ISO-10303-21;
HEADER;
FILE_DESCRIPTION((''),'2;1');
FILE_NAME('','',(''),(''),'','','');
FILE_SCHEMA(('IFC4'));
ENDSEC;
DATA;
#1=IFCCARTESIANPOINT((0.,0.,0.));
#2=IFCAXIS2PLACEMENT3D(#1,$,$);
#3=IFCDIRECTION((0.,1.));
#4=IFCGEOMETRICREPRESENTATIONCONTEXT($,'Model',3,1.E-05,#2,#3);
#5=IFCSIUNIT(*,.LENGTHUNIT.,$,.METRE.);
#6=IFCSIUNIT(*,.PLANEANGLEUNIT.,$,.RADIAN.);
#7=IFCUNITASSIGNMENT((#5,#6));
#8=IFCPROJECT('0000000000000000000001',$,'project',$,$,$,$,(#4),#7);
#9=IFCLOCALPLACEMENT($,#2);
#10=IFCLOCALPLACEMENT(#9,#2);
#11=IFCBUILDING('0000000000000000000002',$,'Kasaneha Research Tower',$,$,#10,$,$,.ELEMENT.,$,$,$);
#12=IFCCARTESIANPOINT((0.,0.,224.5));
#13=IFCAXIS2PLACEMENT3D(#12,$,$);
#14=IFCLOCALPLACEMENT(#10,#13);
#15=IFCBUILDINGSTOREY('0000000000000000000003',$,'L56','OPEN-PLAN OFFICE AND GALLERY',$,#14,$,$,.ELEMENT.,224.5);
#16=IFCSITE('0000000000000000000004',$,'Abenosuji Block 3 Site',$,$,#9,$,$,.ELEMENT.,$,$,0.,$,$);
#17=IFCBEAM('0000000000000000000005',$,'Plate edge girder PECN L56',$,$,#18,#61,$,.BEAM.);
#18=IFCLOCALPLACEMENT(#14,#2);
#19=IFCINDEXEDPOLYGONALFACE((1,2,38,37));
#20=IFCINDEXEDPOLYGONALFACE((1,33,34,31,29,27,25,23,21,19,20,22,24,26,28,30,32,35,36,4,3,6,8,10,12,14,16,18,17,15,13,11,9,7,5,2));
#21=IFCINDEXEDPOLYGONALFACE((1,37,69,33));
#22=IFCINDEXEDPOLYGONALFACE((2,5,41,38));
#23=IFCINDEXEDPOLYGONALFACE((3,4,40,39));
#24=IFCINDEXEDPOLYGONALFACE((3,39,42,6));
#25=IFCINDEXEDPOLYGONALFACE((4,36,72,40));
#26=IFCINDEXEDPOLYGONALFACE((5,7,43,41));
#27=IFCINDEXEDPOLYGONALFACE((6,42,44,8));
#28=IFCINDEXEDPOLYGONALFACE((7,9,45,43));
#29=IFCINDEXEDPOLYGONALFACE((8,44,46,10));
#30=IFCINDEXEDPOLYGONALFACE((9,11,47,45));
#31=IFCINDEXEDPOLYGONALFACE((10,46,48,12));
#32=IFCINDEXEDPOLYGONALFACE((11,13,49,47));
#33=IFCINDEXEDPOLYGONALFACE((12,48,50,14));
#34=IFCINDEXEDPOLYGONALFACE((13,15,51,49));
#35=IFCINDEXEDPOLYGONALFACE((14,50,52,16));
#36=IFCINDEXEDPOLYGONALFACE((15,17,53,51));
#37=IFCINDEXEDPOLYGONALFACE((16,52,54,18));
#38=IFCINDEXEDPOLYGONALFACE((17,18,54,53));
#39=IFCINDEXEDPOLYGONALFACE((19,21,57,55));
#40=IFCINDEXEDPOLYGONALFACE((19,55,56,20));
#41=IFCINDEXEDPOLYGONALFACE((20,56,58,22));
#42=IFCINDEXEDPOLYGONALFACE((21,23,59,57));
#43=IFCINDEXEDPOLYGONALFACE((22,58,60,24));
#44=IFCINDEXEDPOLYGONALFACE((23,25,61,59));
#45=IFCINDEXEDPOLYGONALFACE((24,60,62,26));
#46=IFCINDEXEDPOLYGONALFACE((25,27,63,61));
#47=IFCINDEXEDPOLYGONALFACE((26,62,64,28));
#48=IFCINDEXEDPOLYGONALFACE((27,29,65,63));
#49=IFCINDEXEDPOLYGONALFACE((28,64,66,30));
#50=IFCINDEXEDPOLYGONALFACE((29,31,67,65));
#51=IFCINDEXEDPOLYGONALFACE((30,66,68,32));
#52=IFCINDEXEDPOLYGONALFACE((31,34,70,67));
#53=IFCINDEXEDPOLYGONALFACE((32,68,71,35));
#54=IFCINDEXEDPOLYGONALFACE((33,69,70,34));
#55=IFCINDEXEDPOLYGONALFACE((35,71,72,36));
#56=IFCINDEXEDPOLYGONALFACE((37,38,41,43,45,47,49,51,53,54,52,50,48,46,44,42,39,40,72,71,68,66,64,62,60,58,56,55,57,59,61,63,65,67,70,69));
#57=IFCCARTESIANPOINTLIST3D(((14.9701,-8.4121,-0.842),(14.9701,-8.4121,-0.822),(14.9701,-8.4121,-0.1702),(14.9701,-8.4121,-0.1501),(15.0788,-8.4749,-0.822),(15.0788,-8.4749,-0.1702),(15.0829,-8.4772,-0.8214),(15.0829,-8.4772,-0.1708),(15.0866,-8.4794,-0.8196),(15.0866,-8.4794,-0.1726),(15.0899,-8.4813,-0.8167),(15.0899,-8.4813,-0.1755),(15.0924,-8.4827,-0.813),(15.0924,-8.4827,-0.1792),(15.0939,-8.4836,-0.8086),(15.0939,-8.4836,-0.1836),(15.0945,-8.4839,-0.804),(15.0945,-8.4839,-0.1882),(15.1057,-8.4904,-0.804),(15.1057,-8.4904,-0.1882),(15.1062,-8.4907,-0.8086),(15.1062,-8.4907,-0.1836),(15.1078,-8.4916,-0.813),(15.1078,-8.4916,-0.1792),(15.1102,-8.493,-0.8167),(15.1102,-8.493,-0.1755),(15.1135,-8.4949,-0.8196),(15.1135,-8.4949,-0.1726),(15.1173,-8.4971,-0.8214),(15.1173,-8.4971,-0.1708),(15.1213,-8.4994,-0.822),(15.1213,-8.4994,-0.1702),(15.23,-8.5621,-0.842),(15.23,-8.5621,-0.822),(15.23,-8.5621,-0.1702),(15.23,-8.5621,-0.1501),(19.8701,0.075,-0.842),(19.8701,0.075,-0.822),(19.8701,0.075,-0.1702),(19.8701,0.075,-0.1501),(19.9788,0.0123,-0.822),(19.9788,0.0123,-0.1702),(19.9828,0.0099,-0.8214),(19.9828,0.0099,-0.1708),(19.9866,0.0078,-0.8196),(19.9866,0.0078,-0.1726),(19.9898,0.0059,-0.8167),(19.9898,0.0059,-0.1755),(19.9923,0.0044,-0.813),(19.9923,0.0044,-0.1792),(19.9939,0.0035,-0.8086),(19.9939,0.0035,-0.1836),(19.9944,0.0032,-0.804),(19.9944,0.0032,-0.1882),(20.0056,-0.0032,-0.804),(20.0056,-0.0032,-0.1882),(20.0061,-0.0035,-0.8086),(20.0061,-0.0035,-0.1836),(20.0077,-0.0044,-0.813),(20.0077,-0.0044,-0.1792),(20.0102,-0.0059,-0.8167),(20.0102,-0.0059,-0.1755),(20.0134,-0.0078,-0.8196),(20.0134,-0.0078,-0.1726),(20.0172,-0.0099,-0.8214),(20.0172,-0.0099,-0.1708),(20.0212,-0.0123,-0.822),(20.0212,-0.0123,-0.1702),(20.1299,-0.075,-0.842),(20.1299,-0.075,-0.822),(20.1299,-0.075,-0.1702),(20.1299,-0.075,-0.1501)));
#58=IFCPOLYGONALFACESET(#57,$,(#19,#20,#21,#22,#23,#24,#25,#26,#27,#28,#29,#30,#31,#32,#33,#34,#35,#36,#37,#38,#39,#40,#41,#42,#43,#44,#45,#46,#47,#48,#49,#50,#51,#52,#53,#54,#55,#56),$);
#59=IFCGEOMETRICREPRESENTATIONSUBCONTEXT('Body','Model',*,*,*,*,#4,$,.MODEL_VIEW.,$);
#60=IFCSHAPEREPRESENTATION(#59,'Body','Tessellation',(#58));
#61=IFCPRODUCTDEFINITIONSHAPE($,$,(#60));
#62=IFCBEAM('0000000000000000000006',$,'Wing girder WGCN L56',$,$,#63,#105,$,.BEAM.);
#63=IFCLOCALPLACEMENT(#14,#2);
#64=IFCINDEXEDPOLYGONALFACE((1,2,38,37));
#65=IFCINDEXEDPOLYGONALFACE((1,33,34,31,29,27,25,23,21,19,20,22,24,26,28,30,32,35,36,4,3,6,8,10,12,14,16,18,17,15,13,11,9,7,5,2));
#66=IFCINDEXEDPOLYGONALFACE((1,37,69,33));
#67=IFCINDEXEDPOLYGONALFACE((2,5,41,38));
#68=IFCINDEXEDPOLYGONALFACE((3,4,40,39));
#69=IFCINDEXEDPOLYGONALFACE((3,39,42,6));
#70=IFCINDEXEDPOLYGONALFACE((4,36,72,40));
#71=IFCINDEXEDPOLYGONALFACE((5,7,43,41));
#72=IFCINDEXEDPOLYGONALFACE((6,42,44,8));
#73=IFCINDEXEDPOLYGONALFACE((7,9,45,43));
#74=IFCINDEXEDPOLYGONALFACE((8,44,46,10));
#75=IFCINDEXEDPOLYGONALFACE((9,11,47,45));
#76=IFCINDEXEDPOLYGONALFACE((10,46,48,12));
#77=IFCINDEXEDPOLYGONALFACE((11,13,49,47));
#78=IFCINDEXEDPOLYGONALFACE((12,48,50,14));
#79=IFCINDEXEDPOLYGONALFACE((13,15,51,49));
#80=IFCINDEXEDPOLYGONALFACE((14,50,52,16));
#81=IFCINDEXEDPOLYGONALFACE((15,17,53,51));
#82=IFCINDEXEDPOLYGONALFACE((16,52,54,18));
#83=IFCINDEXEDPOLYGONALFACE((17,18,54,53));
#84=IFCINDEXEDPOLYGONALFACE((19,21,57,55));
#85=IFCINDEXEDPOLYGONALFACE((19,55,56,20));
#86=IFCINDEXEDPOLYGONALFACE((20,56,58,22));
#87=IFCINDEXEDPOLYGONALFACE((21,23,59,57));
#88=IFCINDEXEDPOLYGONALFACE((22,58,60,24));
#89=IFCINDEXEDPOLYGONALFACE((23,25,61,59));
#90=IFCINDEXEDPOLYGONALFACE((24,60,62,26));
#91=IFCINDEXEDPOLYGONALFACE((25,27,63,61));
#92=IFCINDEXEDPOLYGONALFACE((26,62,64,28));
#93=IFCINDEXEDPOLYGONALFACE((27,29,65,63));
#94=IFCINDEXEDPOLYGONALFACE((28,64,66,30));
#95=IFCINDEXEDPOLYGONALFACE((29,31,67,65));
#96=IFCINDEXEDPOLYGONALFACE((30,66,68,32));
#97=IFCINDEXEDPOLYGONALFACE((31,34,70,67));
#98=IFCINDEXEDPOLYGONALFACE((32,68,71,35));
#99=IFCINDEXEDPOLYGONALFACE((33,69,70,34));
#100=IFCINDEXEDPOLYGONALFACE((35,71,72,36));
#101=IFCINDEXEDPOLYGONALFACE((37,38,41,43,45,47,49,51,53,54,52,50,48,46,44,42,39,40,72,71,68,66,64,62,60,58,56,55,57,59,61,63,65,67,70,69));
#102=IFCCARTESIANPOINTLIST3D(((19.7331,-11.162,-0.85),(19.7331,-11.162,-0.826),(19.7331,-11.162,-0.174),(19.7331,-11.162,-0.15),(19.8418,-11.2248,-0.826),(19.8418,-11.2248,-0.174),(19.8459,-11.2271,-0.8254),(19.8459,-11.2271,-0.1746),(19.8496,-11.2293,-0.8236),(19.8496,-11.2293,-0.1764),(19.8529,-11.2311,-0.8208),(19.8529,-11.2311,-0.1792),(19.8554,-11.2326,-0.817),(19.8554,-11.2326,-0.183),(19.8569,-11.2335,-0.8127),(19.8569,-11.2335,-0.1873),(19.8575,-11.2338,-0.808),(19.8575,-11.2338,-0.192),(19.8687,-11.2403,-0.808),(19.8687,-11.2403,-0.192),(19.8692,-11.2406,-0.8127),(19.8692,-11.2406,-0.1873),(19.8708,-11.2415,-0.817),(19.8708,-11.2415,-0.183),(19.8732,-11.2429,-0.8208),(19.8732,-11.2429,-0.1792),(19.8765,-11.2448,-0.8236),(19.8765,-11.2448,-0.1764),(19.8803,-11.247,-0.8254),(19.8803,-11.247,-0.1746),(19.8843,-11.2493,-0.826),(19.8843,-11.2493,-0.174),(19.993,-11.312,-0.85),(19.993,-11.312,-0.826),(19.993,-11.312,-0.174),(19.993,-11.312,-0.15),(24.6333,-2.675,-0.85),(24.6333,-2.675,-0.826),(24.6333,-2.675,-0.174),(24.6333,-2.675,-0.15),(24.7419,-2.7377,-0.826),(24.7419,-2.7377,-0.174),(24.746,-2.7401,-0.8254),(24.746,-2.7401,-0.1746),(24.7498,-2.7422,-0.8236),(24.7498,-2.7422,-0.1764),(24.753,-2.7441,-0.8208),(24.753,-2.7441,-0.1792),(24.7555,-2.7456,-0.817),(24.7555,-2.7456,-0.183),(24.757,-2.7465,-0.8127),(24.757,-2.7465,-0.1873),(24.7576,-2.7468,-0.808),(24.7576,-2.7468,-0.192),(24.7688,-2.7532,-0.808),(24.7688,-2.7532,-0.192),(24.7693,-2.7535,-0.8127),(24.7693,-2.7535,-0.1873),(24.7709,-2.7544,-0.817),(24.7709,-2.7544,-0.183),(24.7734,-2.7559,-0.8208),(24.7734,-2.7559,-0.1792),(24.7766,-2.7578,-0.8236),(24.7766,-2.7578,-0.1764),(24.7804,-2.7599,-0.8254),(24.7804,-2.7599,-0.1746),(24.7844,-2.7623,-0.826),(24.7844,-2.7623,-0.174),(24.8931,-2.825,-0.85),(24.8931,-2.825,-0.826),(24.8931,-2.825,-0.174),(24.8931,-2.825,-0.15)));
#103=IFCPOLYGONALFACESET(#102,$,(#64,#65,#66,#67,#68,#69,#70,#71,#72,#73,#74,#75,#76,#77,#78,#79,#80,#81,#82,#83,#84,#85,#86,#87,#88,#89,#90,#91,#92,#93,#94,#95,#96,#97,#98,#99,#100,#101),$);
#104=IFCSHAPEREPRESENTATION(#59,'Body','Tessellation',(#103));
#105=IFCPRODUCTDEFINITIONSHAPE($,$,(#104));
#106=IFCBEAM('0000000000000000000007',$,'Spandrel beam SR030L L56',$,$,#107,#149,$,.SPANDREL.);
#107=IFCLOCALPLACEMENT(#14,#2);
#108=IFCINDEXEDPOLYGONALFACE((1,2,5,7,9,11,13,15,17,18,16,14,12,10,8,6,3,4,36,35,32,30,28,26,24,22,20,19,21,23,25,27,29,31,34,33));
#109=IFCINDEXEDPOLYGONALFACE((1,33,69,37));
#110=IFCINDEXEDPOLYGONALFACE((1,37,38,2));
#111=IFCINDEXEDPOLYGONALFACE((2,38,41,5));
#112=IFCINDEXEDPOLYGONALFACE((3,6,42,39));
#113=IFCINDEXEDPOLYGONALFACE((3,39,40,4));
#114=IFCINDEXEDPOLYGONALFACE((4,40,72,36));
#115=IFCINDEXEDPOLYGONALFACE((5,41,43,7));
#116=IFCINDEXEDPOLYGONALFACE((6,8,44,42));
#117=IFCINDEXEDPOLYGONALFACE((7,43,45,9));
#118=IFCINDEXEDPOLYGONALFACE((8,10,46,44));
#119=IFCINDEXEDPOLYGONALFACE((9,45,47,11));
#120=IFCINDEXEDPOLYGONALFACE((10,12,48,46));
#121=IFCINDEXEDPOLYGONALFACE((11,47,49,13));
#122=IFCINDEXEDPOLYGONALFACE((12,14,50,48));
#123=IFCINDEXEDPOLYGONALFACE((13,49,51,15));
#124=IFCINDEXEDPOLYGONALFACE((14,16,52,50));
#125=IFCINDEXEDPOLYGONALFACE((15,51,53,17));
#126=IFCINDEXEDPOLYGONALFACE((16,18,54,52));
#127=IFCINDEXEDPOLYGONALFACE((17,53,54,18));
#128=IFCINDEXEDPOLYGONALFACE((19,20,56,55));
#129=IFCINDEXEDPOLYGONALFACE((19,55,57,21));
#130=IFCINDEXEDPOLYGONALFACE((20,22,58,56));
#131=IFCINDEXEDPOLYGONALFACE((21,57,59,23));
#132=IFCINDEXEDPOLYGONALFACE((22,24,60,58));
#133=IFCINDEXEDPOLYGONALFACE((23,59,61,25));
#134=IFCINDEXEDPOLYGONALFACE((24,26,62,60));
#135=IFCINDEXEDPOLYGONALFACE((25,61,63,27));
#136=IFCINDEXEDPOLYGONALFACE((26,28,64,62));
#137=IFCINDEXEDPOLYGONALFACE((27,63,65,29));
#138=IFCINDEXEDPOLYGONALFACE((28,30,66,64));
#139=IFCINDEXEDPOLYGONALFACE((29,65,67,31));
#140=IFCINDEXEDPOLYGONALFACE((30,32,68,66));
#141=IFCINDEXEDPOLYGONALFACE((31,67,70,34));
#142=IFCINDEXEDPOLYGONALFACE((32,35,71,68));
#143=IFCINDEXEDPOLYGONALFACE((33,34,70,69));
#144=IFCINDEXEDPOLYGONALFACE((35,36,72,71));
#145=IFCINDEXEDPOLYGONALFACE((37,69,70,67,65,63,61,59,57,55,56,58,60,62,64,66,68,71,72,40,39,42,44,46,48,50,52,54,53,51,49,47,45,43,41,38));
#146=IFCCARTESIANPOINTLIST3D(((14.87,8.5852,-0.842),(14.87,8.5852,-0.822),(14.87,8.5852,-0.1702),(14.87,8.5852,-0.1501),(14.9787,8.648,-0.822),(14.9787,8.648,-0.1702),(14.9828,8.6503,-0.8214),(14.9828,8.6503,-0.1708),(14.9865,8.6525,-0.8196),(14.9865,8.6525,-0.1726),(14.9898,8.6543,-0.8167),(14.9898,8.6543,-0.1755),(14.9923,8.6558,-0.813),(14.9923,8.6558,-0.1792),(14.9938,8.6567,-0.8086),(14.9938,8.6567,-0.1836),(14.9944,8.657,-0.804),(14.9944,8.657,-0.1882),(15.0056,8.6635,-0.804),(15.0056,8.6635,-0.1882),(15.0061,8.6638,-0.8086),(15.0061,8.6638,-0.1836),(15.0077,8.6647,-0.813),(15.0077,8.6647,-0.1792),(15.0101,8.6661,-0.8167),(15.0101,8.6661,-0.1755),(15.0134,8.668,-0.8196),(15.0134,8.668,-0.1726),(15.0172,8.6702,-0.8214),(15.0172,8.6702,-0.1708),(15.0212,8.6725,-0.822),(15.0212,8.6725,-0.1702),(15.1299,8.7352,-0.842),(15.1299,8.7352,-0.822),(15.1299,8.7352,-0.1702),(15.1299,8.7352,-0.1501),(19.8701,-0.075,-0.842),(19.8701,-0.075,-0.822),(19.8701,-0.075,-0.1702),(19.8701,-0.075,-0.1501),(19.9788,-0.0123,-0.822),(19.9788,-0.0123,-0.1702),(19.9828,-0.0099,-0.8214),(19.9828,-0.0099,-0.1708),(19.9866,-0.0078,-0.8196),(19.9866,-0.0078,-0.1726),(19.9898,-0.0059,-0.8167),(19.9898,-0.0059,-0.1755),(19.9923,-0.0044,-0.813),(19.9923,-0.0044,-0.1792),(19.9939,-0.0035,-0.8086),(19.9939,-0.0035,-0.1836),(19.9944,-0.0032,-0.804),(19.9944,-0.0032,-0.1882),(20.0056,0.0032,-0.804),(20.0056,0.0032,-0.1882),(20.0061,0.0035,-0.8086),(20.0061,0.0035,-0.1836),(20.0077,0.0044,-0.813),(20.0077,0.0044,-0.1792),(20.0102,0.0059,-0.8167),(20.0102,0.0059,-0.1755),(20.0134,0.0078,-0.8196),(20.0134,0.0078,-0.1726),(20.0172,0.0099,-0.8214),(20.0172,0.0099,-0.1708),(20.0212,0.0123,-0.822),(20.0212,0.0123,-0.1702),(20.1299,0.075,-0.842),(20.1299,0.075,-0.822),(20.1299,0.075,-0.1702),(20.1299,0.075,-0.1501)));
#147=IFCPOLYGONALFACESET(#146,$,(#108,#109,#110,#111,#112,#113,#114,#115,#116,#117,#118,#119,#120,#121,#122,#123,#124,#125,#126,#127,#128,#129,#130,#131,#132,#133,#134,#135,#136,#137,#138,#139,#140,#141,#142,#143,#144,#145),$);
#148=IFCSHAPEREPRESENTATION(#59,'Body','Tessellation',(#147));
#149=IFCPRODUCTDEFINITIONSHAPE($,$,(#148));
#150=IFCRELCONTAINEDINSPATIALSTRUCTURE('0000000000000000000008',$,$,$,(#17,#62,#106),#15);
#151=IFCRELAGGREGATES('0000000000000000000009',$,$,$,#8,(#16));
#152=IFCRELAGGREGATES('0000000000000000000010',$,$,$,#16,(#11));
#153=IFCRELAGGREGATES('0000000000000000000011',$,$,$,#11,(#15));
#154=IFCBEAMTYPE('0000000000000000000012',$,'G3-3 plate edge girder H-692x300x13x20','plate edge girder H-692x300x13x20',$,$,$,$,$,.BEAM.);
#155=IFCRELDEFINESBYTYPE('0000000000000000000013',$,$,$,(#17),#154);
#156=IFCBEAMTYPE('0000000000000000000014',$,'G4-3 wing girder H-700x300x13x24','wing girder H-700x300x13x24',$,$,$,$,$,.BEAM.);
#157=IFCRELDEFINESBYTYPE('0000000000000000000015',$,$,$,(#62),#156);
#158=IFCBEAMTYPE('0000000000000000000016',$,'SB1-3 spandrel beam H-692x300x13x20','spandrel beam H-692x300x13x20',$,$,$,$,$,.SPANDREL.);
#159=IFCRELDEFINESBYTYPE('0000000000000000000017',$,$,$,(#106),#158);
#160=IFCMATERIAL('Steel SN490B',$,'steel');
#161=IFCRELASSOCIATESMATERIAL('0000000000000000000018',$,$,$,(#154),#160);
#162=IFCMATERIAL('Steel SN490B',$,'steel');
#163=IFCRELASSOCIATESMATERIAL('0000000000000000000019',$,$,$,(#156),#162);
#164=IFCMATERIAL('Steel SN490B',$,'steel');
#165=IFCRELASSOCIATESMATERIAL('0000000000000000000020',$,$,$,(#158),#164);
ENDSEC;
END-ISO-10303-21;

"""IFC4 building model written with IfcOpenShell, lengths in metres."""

from ifc_helpers import new_model, si_unit, direction, frame, origin, origin_2d, place, context, subcontext, project, spatial, i_section, extrude, material, material_profile, profile_set, type_object, element, save


model = new_model("IFC4")

# Units and contexts
model_context = context("Model", 3, precision=1e-05, world=origin(), true_north=direction((0.0, 1.0)))
body_context = subcontext(model_context, "Body", "Model", "MODEL_VIEW")
ifc_project = project(units=[si_unit("LENGTHUNIT", "METRE"), si_unit("PLANEANGLEUNIT", "RADIAN")], contexts=[model_context])

# Site, building, storey
site_placement = place(None, origin())
site = spatial("IfcSite", under=ifc_project, at=site_placement, Name="Abenosuji Block 3 Site", CompositionType="ELEMENT", RefElevation=0.0)
building_placement = place(site_placement, origin())
building = spatial("IfcBuilding", under=site, at=building_placement, Name="Kasaneha Research Tower", CompositionType="ELEMENT")
storey_placement = place(building_placement, frame((0.0, 0.0, 224.5)))
storey = spatial("IfcBuildingStorey", under=building, at=storey_placement, Name="L56", Description="OPEN-PLAN OFFICE AND GALLERY", CompositionType="ELEMENT", Elevation=224.5)

# Beams
ifc_material_1 = material(Name="Steel SN490B", Category="steel")
ifc_material_profile_1 = material_profile(ifc_material_1, i_section(OverallWidth=0.3, OverallDepth=0.6919, WebThickness=0.0129, FlangeThickness=0.02, FilletRadius=0.0181, at=origin_2d()), Name="H-692x300x13x20")
ifc_profile_set_1 = profile_set([ifc_material_profile_1], Name="Steel SN490B")
beam_type_1 = type_object("IfcBeamType", Name="G3-3 plate edge girder H-692x300x13x20", Description="plate edge girder H-692x300x13x20", PredefinedType="BEAM", material=ifc_profile_set_1)
beam_1_placement = place(storey_placement, frame((20.0, 0.0, -0.4961), z_axis=(-0.499992, -0.86603, 0.0), x_axis=(0.86603, -0.499992, 0.0)))
element("IfcBeam", 1, at=beam_1_placement, inside=storey, type_object=beam_type_1, Name="Plate edge girder PECN L56", PredefinedType="BEAM", context=body_context, shape_type="SweptSolid", body=[
    extrude(i_section(OverallWidth=0.3, OverallDepth=0.6919, WebThickness=0.0129, FlangeThickness=0.02, FilletRadius=0.0181, at=origin_2d()), origin(), (0.0, 0.0, 1.0), 9.8),
])
ifc_material_2 = material(Name="Steel SN490B", Category="steel")
ifc_material_profile_2 = material_profile(ifc_material_2, i_section(OverallWidth=0.3, OverallDepth=0.7, WebThickness=0.0129, FlangeThickness=0.0239, FilletRadius=0.0181, at=origin_2d()), Name="H-700x300x13x24")
ifc_profile_set_2 = profile_set([ifc_material_profile_2], Name="Steel SN490B")
beam_type_2 = type_object("IfcBeamType", Name="G4-3 wing girder H-700x300x13x24", Description="wing girder H-700x300x13x24", PredefinedType="BEAM", material=ifc_profile_set_2)
beam_2_placement = place(storey_placement, frame((24.7632, -2.75, -0.5), z_axis=(-0.500011, -0.866019, 0.0), x_axis=(0.866019, -0.500011, 0.0)))
element("IfcBeam", 2, at=beam_2_placement, inside=storey, type_object=beam_type_2, Name="Wing girder WGCN L56", PredefinedType="BEAM", context=body_context, shape_type="SweptSolid", body=[
    extrude(i_section(OverallWidth=0.3, OverallDepth=0.7, WebThickness=0.0129, FlangeThickness=0.0239, FilletRadius=0.0181, at=origin_2d()), origin(), (0.0, 0.0, 1.0), 9.8),
])
ifc_material_3 = material(Name="Steel SN490B", Category="steel")
ifc_material_profile_3 = material_profile(ifc_material_3, i_section(OverallWidth=0.3, OverallDepth=0.6919, WebThickness=0.0129, FlangeThickness=0.02, FilletRadius=0.0181, at=origin_2d()), Name="H-692x300x13x20")
ifc_profile_set_3 = profile_set([ifc_material_profile_3], Name="Steel SN490B")
beam_type_3 = type_object("IfcBeamType", Name="SB1-3 spandrel beam H-692x300x13x20", Description="spandrel beam H-692x300x13x20", PredefinedType="SPANDREL", material=ifc_profile_set_3)
beam_3_placement = place(storey_placement, frame((20.0, 0.0, -0.4961), z_axis=(-0.500004, 0.866023, 0.0), x_axis=(-0.866023, -0.500004, 0.0)))
element("IfcBeam", 3, at=beam_3_placement, inside=storey, type_object=beam_type_3, Name="Spandrel beam SR030L L56", PredefinedType="SPANDREL", context=body_context, shape_type="SweptSolid", body=[
    extrude(i_section(OverallWidth=0.3, OverallDepth=0.6919, WebThickness=0.0129, FlangeThickness=0.02, FilletRadius=0.0181, at=origin_2d()), origin(), (0.0, 0.0, 1.0), 10.0),
])

save(model, "model.ifc")
